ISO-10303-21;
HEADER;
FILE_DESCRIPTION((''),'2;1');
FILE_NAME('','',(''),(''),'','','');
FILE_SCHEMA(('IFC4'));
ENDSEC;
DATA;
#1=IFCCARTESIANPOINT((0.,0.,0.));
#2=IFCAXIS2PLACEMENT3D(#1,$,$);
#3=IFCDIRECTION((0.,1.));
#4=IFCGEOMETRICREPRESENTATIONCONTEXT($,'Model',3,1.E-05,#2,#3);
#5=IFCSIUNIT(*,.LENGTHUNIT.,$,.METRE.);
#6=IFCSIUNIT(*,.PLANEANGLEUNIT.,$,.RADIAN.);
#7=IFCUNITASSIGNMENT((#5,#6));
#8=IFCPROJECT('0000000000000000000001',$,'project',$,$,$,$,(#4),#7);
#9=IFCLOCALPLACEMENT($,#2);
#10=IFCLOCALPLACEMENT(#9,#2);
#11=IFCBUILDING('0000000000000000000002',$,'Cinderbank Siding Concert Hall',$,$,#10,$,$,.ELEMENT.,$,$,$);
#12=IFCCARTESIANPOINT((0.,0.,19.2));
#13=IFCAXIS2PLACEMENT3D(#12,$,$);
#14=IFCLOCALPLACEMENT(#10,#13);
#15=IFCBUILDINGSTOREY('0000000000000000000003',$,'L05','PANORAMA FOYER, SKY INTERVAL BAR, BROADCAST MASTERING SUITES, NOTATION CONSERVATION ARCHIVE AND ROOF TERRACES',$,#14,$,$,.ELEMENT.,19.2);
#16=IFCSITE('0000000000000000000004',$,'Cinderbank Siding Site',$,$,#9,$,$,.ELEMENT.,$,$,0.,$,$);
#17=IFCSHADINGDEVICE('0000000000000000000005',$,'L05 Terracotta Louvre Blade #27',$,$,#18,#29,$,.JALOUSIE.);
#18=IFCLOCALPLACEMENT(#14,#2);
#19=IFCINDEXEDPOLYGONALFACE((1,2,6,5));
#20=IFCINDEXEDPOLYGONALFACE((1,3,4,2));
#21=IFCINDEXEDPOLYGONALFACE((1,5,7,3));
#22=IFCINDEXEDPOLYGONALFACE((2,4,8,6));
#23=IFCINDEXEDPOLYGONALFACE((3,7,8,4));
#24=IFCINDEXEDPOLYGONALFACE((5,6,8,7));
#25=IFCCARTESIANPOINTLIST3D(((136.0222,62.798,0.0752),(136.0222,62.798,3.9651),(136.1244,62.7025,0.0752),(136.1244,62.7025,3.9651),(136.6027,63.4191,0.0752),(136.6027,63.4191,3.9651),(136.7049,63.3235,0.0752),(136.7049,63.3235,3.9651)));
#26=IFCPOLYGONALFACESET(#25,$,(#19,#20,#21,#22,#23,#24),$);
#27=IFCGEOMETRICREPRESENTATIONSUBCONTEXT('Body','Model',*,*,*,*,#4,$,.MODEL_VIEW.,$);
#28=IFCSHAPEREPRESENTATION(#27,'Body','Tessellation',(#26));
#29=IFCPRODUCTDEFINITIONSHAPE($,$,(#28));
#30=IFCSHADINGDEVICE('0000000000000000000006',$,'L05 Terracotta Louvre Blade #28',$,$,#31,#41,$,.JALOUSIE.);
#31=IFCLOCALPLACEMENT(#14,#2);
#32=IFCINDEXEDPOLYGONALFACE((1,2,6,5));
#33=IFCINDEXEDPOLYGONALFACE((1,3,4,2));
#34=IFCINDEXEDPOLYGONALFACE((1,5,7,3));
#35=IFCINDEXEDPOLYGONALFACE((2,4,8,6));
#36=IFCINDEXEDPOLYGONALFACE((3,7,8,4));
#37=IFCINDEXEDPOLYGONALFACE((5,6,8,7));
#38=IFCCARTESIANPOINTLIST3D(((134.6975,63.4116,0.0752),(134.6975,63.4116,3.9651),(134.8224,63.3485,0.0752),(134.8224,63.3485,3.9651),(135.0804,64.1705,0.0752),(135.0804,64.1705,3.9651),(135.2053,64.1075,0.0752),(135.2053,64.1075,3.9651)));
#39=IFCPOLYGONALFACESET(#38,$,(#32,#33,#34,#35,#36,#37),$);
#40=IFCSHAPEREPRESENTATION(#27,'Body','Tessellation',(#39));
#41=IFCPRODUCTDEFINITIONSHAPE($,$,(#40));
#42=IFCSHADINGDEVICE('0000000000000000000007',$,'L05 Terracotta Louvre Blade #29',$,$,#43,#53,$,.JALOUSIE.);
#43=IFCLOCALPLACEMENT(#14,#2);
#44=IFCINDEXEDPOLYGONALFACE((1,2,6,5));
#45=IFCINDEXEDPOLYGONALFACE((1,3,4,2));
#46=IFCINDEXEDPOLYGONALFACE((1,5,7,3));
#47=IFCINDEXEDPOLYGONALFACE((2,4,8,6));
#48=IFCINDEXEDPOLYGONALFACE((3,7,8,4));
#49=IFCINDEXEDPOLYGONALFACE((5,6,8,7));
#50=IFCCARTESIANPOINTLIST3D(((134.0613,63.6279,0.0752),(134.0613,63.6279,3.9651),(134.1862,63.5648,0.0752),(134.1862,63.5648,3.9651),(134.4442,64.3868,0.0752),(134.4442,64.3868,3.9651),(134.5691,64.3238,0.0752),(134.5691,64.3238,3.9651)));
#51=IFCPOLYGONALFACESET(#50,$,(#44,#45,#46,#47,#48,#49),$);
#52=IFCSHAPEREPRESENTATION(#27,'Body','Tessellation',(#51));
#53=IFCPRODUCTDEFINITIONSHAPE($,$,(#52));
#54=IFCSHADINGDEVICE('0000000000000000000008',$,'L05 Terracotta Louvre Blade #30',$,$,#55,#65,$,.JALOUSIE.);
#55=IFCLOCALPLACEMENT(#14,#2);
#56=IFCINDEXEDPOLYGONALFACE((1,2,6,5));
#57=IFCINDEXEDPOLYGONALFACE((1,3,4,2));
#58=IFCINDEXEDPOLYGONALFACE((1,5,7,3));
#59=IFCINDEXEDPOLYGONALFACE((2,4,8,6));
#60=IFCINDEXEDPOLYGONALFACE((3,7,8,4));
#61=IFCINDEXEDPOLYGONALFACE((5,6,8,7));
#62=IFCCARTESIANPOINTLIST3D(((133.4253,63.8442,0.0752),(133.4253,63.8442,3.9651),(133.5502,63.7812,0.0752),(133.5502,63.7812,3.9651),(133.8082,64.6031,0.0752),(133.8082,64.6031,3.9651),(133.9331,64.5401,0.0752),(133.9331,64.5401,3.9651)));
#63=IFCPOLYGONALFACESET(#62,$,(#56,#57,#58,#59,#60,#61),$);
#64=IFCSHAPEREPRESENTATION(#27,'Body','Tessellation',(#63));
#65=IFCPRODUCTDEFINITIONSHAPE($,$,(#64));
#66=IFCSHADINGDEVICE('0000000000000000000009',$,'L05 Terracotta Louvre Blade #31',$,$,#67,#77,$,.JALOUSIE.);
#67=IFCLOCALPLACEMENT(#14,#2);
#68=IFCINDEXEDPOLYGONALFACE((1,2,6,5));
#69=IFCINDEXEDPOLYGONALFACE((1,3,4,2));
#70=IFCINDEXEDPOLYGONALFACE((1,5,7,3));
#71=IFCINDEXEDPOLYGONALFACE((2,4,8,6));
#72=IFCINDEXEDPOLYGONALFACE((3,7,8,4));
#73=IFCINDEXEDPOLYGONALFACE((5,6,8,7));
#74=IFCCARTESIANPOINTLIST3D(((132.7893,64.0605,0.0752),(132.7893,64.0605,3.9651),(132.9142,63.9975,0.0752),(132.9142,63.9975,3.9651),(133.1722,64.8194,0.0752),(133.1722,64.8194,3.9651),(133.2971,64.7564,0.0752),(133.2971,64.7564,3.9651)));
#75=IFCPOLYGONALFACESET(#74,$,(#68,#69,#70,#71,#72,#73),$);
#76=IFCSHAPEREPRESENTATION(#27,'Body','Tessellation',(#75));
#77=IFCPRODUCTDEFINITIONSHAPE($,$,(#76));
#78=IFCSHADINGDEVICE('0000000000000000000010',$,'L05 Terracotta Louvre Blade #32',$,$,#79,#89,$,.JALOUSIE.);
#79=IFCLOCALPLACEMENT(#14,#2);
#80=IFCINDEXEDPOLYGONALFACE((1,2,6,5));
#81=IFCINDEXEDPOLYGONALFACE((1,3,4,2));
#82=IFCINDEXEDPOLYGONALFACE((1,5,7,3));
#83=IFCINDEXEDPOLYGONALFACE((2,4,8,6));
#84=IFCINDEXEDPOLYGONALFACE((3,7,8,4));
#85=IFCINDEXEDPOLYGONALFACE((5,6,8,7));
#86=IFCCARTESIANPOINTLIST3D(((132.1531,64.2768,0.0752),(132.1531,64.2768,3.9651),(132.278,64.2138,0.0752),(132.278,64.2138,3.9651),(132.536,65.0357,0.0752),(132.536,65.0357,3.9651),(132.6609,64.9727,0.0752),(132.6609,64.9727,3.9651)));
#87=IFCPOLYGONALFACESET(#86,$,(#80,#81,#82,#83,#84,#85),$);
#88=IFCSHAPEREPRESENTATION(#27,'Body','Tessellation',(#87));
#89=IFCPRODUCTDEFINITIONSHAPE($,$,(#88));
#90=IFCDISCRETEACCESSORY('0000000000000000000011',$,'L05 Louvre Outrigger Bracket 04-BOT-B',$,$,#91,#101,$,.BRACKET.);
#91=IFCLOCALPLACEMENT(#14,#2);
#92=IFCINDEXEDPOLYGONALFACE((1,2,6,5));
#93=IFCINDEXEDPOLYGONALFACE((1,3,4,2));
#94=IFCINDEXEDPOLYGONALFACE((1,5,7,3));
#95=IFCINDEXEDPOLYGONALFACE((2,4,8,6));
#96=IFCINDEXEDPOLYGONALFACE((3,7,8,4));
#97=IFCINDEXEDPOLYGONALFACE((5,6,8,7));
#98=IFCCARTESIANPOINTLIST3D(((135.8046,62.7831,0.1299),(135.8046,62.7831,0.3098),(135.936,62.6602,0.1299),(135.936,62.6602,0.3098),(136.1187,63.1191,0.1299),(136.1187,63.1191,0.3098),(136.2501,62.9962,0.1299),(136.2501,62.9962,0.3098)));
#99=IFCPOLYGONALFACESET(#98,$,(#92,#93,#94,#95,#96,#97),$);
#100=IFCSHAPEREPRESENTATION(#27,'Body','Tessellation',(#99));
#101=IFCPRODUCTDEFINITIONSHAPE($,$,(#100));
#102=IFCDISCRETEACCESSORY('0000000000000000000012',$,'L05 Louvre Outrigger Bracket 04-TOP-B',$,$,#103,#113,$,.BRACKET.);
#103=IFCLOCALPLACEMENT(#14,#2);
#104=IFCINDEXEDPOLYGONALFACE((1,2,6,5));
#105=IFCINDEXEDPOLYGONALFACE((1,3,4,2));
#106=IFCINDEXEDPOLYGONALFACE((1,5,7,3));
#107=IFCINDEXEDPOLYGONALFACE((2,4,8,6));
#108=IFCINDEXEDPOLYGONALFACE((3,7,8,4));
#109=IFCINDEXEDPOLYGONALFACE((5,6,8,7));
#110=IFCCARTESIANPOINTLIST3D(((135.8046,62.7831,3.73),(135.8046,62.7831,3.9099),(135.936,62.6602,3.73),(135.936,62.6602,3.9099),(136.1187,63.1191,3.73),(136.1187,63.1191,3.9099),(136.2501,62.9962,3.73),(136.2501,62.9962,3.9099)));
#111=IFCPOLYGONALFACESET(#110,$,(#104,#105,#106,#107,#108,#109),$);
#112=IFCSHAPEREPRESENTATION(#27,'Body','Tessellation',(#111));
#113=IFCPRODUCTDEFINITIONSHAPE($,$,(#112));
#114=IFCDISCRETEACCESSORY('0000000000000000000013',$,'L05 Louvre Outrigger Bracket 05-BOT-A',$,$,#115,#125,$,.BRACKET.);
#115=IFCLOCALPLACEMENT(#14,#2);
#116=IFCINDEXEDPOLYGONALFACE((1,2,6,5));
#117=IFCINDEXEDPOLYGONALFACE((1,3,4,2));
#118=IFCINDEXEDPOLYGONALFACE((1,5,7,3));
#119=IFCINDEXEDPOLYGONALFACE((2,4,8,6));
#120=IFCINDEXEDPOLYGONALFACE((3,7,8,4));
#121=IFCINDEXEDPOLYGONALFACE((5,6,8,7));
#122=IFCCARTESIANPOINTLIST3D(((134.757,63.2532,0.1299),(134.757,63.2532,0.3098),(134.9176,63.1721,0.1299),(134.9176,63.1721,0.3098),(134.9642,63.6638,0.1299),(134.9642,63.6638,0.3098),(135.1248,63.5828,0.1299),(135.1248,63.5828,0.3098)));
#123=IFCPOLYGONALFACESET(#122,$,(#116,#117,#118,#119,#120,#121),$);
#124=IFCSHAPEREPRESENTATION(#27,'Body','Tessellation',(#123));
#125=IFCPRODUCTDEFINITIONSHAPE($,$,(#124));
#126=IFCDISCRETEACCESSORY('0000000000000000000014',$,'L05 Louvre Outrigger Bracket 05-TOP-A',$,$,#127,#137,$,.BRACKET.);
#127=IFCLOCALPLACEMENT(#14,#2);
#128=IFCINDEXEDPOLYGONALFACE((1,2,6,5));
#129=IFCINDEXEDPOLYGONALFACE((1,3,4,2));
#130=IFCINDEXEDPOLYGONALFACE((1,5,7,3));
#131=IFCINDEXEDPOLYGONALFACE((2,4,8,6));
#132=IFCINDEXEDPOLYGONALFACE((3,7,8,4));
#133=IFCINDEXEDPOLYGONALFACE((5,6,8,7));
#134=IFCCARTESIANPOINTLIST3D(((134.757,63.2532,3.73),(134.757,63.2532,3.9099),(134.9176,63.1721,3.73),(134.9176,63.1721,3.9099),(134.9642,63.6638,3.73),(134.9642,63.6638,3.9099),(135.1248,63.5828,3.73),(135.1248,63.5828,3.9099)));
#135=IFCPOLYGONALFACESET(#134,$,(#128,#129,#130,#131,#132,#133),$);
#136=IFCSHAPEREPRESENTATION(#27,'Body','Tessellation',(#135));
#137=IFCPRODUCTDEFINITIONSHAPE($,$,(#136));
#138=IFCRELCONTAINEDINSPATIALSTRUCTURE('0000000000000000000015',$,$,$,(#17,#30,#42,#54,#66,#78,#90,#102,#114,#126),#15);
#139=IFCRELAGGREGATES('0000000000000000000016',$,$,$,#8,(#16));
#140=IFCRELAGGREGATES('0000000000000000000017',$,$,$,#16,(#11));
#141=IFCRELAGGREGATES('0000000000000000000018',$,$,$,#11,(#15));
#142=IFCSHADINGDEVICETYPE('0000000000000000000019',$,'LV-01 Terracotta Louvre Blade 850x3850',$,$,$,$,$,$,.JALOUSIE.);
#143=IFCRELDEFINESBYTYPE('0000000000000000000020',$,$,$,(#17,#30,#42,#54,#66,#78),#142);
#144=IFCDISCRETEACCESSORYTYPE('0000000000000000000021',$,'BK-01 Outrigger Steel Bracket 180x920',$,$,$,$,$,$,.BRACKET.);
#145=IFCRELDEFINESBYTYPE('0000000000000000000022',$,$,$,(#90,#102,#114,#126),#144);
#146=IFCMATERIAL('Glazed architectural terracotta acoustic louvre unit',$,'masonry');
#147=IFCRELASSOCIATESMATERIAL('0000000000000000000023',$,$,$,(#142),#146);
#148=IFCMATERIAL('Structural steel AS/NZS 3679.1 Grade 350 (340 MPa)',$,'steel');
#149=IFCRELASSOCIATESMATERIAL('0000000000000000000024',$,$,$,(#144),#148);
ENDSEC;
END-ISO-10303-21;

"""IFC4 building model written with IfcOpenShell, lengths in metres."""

from ifc_helpers import new_model, si_unit, direction, frame, origin, origin_2d, place, context, subcontext, project, spatial, rectangle, extrude, material, type_object, element, save


model = new_model("IFC4")

# Units and contexts
model_context = context("Model", 3, precision=1e-05, world=origin(), true_north=direction((0.0, 1.0)))
body_context = subcontext(model_context, "Body", "Model", "MODEL_VIEW")
ifc_project = project(units=[si_unit("LENGTHUNIT", "METRE"), si_unit("PLANEANGLEUNIT", "RADIAN")], contexts=[model_context])

# Site, building, storey
site_placement = place(None, origin())
site = spatial("IfcSite", under=ifc_project, at=site_placement, Name="Cinderbank Siding Site", CompositionType="ELEMENT", RefElevation=0.0)
building_placement = place(site_placement, origin())
building = spatial("IfcBuilding", under=site, at=building_placement, Name="Cinderbank Siding Concert Hall", CompositionType="ELEMENT")
storey_placement = place(building_placement, frame((0.0, 0.0, 19.2)))
storey = spatial("IfcBuildingStorey", under=building, at=storey_placement, Name="L05", Description="PANORAMA FOYER, SKY INTERVAL BAR, BROADCAST MASTERING SUITES, NOTATION CONSERVATION ARCHIVE AND ROOF TERRACES", CompositionType="ELEMENT", Elevation=19.2)

# Shared definitions
ifc_material_1 = material(Name="Structural steel AS/NZS 3679.1 Grade 350 (340 MPa)", Category="steel")

# Shading devices
ifc_material_2 = material(Name="Glazed architectural terracotta acoustic louvre unit", Category="masonry")
shading_device_type = type_object("IfcShadingDeviceType", Name="LV-01 Terracotta Louvre Blade 850x3850", PredefinedType="JALOUSIE", material=ifc_material_2)
for number, where, z_axis, x_axis, name in (
    (1, (136.3635, 63.0608, 0.0752), (0.0, 0.0, 1.0), (0.682869, 0.730541, 0.0), "L05 Terracotta Louvre Blade #27"),
    (2, (134.9514, 63.7595, 0.0752), (0.0, 0.0, 1.0), (0.450487, 0.892783, 0.0), "L05 Terracotta Louvre Blade #28"),
    (3, (134.3152, 63.9758, 0.0752), (0.0, 0.0, 1.0), (0.450487, 0.892783, 0.0), "L05 Terracotta Louvre Blade #29"),
    (4, (133.6792, 64.1921, 0.0752), (0.0, 0.0, 1.0), (0.450487, 0.892783, 0.0), "L05 Terracotta Louvre Blade #30"),
    (5, (133.0432, 64.4084, 0.0752), (0.0, 0.0, 1.0), (0.450487, 0.892783, 0.0), "L05 Terracotta Louvre Blade #31"),
    (6, (132.407, 64.6248, 0.0752), (0.0, 0.0, 1.0), (0.450487, 0.892783, 0.0), "L05 Terracotta Louvre Blade #32"),
):
    element("IfcShadingDevice", number, at=place(storey_placement, frame(where, z_axis=z_axis, x_axis=x_axis)), inside=storey, type_object=shading_device_type, Name=name, PredefinedType="JALOUSIE", context=body_context, shape_type="SweptSolid", body=[
        extrude(rectangle(XDim=0.8501, YDim=0.1399, at=origin_2d()), origin(), (0.0, 0.0, 1.0), 3.8899),
    ])

# Discrete accessories
discrete_accessory_type = type_object("IfcDiscreteAccessoryType", Name="BK-01 Outrigger Steel Bracket 180x920", PredefinedType="BRACKET", material=ifc_material_1)
for number, where, z_axis, x_axis, name in (
    (7, (136.0273, 62.8896, 0.1299), (0.0, 0.0, 1.0), (0.682869, 0.730541, 0.0), "L05 Louvre Outrigger Bracket 04-BOT-B"),
    (8, (136.0273, 62.8896, 3.73), (0.0, 0.0, 1.0), (0.682869, 0.730541, 0.0), "L05 Louvre Outrigger Bracket 04-TOP-B"),
    (9, (134.9409, 63.418, 0.1299), (0.0, 0.0, 1.0), (0.450487, 0.892783, 0.0), "L05 Louvre Outrigger Bracket 05-BOT-A"),
    (10, (134.9409, 63.418, 3.73), (0.0, 0.0, 1.0), (0.450487, 0.892783, 0.0), "L05 Louvre Outrigger Bracket 05-TOP-A"),
):
    element("IfcDiscreteAccessory", number, at=place(storey_placement, frame(where, z_axis=z_axis, x_axis=x_axis)), inside=storey, type_object=discrete_accessory_type, Name=name, PredefinedType="BRACKET", context=body_context, shape_type="SweptSolid", body=[
        extrude(rectangle(XDim=0.46, YDim=0.1799, at=origin_2d()), origin(), (0.0, 0.0, 1.0), 0.1799),
    ])

save(model, "model.ifc")
